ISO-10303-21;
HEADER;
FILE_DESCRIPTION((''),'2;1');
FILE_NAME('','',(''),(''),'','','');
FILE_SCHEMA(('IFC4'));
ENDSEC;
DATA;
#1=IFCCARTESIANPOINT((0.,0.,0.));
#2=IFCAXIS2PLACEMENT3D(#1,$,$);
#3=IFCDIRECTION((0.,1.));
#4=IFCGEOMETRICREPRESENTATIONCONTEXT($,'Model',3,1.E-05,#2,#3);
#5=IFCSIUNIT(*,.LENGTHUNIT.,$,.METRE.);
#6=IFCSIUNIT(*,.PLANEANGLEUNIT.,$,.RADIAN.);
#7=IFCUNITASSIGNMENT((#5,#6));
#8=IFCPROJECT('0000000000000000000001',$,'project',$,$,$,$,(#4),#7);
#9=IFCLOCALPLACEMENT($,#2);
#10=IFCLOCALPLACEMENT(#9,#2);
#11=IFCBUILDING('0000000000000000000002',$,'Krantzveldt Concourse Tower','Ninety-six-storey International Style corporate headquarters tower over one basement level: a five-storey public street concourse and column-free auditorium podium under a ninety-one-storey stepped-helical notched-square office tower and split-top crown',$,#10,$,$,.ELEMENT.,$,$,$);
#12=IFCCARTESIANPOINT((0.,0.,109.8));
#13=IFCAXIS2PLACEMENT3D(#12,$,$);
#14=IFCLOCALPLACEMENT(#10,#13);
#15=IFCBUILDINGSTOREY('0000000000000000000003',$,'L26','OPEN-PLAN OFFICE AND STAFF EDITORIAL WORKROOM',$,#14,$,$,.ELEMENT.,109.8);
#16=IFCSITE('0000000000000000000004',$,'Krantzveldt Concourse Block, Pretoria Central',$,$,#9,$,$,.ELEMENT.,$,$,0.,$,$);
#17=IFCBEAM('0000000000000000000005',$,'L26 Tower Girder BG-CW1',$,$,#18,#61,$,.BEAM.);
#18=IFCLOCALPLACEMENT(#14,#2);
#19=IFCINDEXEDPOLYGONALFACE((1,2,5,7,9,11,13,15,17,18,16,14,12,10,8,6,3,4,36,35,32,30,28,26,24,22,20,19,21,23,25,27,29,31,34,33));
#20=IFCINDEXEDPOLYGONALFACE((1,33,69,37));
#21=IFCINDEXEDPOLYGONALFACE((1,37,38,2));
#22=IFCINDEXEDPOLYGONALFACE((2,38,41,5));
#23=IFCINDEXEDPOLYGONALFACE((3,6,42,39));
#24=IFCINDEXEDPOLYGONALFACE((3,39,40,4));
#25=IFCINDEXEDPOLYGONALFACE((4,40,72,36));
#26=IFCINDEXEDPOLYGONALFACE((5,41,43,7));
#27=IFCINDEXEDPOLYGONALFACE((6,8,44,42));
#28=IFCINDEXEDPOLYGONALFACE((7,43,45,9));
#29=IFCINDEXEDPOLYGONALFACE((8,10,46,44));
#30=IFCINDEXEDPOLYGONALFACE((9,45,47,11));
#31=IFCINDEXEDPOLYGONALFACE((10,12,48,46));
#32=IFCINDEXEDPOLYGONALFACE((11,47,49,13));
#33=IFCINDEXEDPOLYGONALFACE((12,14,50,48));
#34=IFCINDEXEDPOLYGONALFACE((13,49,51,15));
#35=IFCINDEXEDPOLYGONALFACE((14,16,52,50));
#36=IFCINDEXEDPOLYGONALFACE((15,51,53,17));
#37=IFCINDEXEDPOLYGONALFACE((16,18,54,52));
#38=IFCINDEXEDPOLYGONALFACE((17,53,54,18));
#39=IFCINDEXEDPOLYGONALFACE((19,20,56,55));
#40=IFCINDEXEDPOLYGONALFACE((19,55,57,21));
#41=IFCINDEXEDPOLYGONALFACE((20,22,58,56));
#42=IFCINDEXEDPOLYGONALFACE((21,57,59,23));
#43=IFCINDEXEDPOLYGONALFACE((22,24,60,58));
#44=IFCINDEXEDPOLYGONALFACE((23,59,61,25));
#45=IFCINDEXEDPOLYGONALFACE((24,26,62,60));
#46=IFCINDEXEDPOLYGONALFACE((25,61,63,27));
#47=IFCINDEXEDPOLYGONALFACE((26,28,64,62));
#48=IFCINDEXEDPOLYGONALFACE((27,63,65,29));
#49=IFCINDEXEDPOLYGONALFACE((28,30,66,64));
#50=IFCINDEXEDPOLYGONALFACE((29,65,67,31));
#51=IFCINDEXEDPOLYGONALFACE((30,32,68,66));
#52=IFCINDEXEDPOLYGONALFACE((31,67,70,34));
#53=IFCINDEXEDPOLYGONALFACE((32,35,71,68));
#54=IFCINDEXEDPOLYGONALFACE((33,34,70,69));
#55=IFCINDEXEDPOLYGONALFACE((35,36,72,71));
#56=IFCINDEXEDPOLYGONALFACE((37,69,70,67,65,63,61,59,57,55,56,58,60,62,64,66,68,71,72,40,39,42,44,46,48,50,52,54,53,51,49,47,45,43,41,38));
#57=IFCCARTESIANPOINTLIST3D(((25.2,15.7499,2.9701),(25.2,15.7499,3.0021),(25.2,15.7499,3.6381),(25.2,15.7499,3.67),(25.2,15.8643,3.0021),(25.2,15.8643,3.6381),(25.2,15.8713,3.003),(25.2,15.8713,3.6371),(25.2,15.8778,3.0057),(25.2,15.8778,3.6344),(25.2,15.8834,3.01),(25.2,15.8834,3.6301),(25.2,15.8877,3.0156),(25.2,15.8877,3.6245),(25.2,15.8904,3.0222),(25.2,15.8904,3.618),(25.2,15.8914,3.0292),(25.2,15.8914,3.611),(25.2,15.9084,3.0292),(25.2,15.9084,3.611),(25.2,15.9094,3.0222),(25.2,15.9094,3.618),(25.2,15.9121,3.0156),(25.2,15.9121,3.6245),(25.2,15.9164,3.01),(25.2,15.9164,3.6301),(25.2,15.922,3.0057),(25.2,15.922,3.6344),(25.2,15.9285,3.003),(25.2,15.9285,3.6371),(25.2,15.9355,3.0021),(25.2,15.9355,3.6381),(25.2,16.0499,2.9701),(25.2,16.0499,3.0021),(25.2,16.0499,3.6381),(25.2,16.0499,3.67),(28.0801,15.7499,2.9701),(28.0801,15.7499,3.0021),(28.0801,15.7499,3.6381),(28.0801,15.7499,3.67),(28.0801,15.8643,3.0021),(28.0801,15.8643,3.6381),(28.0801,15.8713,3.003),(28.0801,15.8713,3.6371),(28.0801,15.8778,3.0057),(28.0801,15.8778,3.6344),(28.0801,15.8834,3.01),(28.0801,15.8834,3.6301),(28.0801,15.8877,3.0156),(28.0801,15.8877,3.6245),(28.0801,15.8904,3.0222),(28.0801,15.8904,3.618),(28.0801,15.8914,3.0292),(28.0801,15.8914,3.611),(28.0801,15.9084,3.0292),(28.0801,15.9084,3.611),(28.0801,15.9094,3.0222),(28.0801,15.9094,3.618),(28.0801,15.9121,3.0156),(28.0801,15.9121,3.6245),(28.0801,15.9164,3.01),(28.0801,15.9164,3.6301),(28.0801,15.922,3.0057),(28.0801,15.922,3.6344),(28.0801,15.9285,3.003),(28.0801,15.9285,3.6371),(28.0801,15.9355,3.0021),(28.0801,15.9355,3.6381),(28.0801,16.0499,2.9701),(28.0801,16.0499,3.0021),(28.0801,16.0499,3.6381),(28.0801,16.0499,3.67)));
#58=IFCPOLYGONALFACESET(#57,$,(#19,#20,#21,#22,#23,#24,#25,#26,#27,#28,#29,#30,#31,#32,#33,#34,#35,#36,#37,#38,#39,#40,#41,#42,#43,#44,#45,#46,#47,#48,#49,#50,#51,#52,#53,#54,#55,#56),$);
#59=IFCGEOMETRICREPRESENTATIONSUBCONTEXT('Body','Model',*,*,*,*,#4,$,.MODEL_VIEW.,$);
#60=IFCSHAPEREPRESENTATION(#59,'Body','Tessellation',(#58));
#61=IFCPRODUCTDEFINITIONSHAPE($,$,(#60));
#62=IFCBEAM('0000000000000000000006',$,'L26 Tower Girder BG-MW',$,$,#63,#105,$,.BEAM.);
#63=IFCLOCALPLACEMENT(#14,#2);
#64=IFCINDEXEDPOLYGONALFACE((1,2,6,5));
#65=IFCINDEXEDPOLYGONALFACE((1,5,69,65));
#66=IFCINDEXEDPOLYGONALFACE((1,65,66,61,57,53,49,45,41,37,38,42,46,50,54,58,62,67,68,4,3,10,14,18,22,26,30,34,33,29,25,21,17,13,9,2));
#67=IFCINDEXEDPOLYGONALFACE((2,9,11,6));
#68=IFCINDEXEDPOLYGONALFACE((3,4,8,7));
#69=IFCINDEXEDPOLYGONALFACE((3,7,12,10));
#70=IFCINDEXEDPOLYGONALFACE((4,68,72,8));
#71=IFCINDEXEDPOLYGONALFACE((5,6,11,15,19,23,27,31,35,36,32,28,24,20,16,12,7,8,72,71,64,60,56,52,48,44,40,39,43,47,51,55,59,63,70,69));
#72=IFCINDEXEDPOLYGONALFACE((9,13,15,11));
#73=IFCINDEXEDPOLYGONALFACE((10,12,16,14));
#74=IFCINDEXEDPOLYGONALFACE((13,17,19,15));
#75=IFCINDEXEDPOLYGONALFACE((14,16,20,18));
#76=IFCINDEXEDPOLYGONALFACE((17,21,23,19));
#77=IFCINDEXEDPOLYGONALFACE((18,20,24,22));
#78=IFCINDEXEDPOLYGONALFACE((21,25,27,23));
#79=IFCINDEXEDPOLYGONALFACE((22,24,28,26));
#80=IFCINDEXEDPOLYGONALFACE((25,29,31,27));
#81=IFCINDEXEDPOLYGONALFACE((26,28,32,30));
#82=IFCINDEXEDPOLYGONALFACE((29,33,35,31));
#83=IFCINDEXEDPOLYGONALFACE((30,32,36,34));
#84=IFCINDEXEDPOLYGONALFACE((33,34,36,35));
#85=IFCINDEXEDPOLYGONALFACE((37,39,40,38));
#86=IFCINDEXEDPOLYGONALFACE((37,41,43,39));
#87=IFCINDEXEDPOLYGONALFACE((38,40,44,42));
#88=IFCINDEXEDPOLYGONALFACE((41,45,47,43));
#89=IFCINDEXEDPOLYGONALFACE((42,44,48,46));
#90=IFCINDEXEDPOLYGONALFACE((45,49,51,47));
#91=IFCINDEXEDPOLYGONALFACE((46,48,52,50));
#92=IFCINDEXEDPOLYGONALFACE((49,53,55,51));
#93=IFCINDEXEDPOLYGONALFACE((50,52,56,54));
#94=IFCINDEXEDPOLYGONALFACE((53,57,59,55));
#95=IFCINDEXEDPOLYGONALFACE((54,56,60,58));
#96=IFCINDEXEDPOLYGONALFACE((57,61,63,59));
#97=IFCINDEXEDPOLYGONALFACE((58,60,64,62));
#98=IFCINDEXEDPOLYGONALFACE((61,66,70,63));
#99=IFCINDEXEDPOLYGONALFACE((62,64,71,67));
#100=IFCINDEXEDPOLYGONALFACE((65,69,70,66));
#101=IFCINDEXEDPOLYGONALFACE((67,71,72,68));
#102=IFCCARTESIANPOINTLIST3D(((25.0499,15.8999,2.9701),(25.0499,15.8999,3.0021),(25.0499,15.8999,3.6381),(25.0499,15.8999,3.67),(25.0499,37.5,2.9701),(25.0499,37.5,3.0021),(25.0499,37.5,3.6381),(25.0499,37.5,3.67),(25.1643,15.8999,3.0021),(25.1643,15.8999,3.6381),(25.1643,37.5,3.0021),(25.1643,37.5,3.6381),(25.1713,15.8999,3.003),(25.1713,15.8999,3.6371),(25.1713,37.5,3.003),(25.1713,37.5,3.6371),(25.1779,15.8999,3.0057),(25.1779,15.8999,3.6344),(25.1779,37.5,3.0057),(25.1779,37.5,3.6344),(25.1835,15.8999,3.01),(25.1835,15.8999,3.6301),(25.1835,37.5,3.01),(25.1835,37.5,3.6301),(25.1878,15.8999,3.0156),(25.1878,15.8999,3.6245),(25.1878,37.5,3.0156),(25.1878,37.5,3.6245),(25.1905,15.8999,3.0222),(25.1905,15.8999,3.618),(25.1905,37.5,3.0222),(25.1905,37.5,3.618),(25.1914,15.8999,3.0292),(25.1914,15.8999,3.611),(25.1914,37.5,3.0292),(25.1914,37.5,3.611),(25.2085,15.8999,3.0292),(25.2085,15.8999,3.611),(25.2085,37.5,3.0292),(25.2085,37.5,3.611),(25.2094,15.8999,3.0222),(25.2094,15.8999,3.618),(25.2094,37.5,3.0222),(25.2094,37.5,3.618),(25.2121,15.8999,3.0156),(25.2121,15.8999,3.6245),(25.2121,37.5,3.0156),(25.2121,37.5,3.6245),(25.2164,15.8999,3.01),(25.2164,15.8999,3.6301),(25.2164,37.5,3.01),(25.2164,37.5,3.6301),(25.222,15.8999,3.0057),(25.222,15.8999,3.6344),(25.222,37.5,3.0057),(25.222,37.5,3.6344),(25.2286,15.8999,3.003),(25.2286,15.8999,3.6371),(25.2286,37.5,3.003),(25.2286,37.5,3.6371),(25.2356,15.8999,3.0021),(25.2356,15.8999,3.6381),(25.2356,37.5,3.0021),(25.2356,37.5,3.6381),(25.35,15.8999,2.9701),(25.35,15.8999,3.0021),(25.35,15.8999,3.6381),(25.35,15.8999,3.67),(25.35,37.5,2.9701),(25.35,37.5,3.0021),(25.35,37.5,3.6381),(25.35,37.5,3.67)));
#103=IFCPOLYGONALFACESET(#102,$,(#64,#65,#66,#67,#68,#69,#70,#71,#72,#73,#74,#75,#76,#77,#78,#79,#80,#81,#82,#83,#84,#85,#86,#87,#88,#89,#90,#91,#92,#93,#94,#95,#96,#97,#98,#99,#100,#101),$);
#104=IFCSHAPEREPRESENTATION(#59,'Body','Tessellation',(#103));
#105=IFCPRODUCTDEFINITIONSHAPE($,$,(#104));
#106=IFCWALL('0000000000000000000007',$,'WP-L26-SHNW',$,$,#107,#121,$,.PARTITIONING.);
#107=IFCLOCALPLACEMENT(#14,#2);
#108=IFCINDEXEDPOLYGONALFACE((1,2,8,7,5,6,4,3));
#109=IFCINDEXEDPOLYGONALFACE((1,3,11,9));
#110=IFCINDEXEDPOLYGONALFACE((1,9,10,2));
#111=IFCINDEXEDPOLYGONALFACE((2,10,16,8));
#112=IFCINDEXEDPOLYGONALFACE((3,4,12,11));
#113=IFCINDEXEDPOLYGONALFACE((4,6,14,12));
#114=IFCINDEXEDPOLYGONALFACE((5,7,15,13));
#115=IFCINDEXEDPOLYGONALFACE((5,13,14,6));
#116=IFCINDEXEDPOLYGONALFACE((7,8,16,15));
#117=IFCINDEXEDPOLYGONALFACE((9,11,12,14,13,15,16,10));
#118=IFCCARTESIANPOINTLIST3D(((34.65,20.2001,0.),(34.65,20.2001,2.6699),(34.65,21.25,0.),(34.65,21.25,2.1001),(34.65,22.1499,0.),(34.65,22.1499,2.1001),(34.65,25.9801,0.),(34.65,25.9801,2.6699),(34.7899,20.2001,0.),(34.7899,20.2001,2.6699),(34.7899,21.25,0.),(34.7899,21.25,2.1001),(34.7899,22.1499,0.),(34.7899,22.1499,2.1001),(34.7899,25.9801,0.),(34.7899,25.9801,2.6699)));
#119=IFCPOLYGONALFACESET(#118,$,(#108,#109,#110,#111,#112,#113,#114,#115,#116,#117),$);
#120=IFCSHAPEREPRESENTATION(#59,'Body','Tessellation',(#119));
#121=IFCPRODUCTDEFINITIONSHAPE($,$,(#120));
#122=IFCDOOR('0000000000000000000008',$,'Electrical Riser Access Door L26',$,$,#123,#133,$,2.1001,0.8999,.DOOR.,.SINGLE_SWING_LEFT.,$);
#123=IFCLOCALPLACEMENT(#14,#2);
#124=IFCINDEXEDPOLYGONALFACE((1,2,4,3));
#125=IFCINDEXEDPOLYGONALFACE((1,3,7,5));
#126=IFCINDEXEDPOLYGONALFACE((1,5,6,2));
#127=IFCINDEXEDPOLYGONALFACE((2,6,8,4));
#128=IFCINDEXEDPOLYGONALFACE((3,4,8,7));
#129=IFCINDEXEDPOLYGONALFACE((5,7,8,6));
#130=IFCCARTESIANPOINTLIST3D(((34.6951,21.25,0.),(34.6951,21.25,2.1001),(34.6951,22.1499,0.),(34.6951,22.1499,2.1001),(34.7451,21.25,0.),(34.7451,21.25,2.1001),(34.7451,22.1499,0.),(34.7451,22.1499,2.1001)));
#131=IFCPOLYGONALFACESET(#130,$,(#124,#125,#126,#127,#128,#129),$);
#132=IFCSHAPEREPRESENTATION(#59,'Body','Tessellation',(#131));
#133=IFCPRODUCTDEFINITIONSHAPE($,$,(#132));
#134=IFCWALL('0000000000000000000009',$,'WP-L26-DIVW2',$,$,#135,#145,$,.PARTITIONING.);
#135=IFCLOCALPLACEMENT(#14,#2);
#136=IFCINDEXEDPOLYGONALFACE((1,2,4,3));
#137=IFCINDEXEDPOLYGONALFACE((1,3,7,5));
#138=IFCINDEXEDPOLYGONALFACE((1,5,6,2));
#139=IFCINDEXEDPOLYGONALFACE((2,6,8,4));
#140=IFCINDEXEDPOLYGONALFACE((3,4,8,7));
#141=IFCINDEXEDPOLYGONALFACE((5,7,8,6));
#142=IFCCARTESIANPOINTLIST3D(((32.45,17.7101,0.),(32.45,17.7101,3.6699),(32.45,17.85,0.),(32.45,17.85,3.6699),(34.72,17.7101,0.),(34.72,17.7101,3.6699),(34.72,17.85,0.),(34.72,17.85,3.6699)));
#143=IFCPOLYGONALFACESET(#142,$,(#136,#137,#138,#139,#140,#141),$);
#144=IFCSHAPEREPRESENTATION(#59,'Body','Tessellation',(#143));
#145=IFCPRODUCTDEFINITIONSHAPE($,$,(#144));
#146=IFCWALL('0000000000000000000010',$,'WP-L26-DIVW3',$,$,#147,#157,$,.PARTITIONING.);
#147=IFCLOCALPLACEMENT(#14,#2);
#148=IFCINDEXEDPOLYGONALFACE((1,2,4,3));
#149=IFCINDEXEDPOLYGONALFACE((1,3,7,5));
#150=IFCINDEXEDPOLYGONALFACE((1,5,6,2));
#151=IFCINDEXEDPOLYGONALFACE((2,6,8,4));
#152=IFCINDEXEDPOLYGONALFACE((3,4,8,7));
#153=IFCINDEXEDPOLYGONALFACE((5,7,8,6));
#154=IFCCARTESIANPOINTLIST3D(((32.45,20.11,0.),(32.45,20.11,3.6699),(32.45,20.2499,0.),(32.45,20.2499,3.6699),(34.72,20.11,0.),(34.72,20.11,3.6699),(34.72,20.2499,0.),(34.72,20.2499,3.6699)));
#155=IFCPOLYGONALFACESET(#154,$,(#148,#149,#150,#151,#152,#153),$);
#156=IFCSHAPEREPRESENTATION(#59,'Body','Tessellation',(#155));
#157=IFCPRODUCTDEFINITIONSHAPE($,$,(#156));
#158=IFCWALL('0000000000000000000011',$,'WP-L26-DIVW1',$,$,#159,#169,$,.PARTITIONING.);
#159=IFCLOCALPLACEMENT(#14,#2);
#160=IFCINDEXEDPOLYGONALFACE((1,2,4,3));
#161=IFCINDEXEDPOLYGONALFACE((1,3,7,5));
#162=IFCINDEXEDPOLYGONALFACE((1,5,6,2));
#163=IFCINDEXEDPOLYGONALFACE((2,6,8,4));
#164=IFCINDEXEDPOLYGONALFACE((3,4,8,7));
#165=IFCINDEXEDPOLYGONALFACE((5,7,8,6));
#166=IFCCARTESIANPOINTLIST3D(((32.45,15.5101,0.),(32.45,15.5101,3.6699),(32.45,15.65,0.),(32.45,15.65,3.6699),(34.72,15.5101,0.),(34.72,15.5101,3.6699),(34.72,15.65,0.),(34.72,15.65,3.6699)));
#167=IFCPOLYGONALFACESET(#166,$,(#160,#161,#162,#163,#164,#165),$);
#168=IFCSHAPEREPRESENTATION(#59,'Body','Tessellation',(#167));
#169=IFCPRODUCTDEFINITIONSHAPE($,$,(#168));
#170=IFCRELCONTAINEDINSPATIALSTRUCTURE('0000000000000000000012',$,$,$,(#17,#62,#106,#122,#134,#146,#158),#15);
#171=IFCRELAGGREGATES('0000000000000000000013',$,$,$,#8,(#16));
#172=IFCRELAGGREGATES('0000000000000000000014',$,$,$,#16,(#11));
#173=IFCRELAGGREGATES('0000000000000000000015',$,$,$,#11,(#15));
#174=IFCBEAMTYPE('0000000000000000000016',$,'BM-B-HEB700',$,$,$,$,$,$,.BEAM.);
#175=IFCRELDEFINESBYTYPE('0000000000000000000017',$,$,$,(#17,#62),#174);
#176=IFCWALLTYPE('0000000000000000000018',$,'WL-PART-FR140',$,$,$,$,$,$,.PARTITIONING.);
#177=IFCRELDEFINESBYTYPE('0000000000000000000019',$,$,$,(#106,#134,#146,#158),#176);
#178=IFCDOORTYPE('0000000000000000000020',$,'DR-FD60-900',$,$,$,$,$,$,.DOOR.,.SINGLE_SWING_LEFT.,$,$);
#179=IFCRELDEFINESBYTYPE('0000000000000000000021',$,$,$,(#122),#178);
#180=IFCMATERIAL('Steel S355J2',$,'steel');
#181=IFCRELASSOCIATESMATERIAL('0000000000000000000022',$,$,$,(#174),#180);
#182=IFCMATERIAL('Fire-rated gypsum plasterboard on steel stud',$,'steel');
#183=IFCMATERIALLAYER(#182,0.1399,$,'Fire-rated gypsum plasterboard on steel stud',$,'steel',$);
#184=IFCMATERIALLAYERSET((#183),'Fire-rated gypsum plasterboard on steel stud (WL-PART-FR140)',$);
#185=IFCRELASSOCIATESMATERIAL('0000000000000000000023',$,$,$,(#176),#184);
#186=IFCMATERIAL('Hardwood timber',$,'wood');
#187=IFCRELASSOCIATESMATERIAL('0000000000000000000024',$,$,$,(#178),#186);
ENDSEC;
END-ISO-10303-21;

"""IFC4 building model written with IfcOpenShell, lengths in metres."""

from ifc_helpers import new_model, si_unit, direction, frame, frame_2d, origin, origin_2d, place, context, subcontext, project, spatial, rectangle, i_section, extrude, source, transform, mapped, material, layer, layer_set, material_profile, profile_set, type_object, type_shapes, element, fill, save


model = new_model("IFC4")

# Units and contexts
model_context = context("Model", 3, precision=1e-05, world=origin(), true_north=direction((0.0, 1.0)))
body_context = subcontext(model_context, "Body", "Model", "MODEL_VIEW")
ifc_project = project(units=[si_unit("LENGTHUNIT", "METRE"), si_unit("PLANEANGLEUNIT", "RADIAN")], contexts=[model_context])

# Site, building, storey
site_placement = place(None, origin())
site = spatial("IfcSite", under=ifc_project, at=site_placement, Name="Krantzveldt Concourse Block, Pretoria Central", CompositionType="ELEMENT", RefElevation=0.0)
building_placement = place(site_placement, origin())
building = spatial("IfcBuilding", under=site, at=building_placement, Name="Krantzveldt Concourse Tower", Description="Ninety-six-storey International Style corporate headquarters tower over one basement level: a five-storey public street concourse and column-free auditorium podium under a ninety-one-storey stepped-helical notched-square office tower and split-top crown", CompositionType="ELEMENT")
storey_placement = place(building_placement, frame((0.0, 0.0, 109.8)))
storey = spatial("IfcBuildingStorey", under=building, at=storey_placement, Name="L26", Description="OPEN-PLAN OFFICE AND STAFF EDITORIAL WORKROOM", CompositionType="ELEMENT", Elevation=109.8)

# Beams
ifc_material_1 = material(Name="Steel S355J2", Category="steel")
ifc_material_profile = material_profile(ifc_material_1, i_section(OverallWidth=0.3, OverallDepth=0.7, WebThickness=0.0171, FlangeThickness=0.032, FilletRadius=0.0271, at=origin_2d()), Name="Steel S355J2", Category="steel")
ifc_profile_set = profile_set([ifc_material_profile], Name="Steel S355J2 - HEB 700")
beam_type = type_object("IfcBeamType", Name="BM-B-HEB700", PredefinedType="BEAM", material=ifc_profile_set)
shared_shape_1 = source(origin(), body_context, "Body", "SweptSolid", [
    extrude(i_section(OverallWidth=0.3, OverallDepth=0.7, WebThickness=0.0171, FlangeThickness=0.032, FilletRadius=0.0271, at=origin_2d()), origin(), (0.0, 0.0, 1.0), 2.8801),
])
beam_1_placement = place(storey_placement, frame((25.2, 15.8999, 3.3201), z_axis=(1.0, 0.0, 0.0), x_axis=(0.0, 1.0, 0.0)))
element("IfcBeam", 1, at=beam_1_placement, inside=storey, type_object=beam_type, Name="L26 Tower Girder BG-CW1", PredefinedType="BEAM", context=body_context, shape_type="MappedRepresentation", body=[
    mapped(shared_shape_1, transform((0.0, 0.0, 0.0), x_axis=(1.0, 0.0, 0.0), y_axis=(0.0, 1.0, 0.0), z_axis=(0.0, 0.0, 1.0), scale=1.0)),
])
shared_shape_2 = source(origin(), body_context, "Body", "SweptSolid", [
    extrude(i_section(OverallWidth=0.3, OverallDepth=0.7, WebThickness=0.0171, FlangeThickness=0.032, FilletRadius=0.0271, at=origin_2d()), origin(), (0.0, 0.0, 1.0), 21.6001),
])
type_shapes(beam_type, [shared_shape_1, shared_shape_2])
beam_2_placement = place(storey_placement, frame((25.2, 15.8999, 3.3201), z_axis=(0.0, 1.0, 0.0), x_axis=(-1.0, 0.0, 0.0)))
element("IfcBeam", 2, at=beam_2_placement, inside=storey, type_object=beam_type, Name="L26 Tower Girder BG-MW", PredefinedType="BEAM", context=body_context, shape_type="MappedRepresentation", body=[
    mapped(shared_shape_2, transform((0.0, 0.0, 0.0), x_axis=(1.0, 0.0, 0.0), y_axis=(0.0, 1.0, 0.0), z_axis=(0.0, 0.0, 1.0), scale=1.0)),
])

# Wall, opening, door
ifc_material_2 = material(Name="Fire-rated gypsum plasterboard on steel stud", Category="steel")
ifc_layer_1 = layer(ifc_material_2, 0.1399, Name="Fire-rated gypsum plasterboard on steel stud", Category="steel")
ifc_layer_set_1 = layer_set([ifc_layer_1], Name="Fire-rated gypsum plasterboard on steel stud (WL-PART-FR140)")
wall_type_1 = type_object("IfcWallType", Name="WL-PART-FR140", PredefinedType="PARTITIONING", material=ifc_layer_set_1)
wall_1_placement = place(storey_placement, frame((34.72, 20.2, 0.0), z_axis=(0.0, 0.0, 1.0), x_axis=(0.0, 1.0, 0.0)))
wall_1 = element("IfcWall", 3, at=wall_1_placement, inside=storey, type_object=wall_type_1, Name="WP-L26-SHNW", PredefinedType="PARTITIONING", context=body_context, shape_type="SweptSolid", body=[
    extrude(rectangle(XDim=5.78, YDim=0.1399, at=frame_2d((2.8901, 0.0))), origin(), (0.0, 0.0, 1.0), 2.6699),
])
opening_1_placement = place(wall_1_placement, frame((1.05, 0.0, 0.0)))
opening_1 = element("IfcOpeningElement", 4, at=opening_1_placement, cuts=wall_1, PredefinedType="OPENING", context=body_context, shape_type="SweptSolid", body=[
    extrude(rectangle(XDim=0.8999, YDim=2.1001, at=frame_2d((0.45, 1.05))), frame((0.0, 0.0801, 0.0), z_axis=(0.0, -1.0, 0.0), x_axis=(1.0, 0.0, 0.0)), (0.0, 0.0, 1.0), 0.1599),
])
ifc_material_3 = material(Name="Hardwood timber", Category="wood")
door_type_1 = type_object("IfcDoorType", Name="DR-FD60-900", OperationType="SINGLE_SWING_LEFT", PredefinedType="DOOR", material=ifc_material_3)
door_1_placement = place(opening_1_placement, origin())
door_1 = element("IfcDoor", 5, at=door_1_placement, inside=storey, type_object=door_type_1, Name="Electrical Riser Access Door L26", OperationType="SINGLE_SWING_LEFT", OverallHeight=2.1001, OverallWidth=0.8999, PredefinedType="DOOR", context=body_context, shape_type="SweptSolid", body=[
    extrude(rectangle(XDim=0.8999, YDim=2.1001, at=frame_2d((0.45, 1.05))), frame((0.0, 0.0249, 0.0), z_axis=(0.0, -1.0, 0.0), x_axis=(1.0, 0.0, 0.0)), (0.0, 0.0, 1.0), 0.05),
])
fill(opening_1, door_1)

# Walls
for number, where, z_axis, x_axis, name in (
    (6, (32.45, 17.78, 0.0), (0.0, 0.0, 1.0), (1.0, 0.0, 0.0), "WP-L26-DIVW2"),
    (7, (32.45, 20.1799, 0.0), (0.0, 0.0, 1.0), (1.0, 0.0, 0.0), "WP-L26-DIVW3"),
    (8, (32.45, 15.5801, 0.0), (0.0, 0.0, 1.0), (1.0, 0.0, 0.0), "WP-L26-DIVW1"),
):
    element("IfcWall", number, at=place(storey_placement, frame(where, z_axis=z_axis, x_axis=x_axis)), inside=storey, type_object=wall_type_1, Name=name, PredefinedType="PARTITIONING", context=body_context, shape_type="SweptSolid", body=[
        extrude(rectangle(XDim=2.27, YDim=0.1399, at=frame_2d((1.135, 0.0))), origin(), (0.0, 0.0, 1.0), 3.6699),
    ])

save(model, "model.ifc")
